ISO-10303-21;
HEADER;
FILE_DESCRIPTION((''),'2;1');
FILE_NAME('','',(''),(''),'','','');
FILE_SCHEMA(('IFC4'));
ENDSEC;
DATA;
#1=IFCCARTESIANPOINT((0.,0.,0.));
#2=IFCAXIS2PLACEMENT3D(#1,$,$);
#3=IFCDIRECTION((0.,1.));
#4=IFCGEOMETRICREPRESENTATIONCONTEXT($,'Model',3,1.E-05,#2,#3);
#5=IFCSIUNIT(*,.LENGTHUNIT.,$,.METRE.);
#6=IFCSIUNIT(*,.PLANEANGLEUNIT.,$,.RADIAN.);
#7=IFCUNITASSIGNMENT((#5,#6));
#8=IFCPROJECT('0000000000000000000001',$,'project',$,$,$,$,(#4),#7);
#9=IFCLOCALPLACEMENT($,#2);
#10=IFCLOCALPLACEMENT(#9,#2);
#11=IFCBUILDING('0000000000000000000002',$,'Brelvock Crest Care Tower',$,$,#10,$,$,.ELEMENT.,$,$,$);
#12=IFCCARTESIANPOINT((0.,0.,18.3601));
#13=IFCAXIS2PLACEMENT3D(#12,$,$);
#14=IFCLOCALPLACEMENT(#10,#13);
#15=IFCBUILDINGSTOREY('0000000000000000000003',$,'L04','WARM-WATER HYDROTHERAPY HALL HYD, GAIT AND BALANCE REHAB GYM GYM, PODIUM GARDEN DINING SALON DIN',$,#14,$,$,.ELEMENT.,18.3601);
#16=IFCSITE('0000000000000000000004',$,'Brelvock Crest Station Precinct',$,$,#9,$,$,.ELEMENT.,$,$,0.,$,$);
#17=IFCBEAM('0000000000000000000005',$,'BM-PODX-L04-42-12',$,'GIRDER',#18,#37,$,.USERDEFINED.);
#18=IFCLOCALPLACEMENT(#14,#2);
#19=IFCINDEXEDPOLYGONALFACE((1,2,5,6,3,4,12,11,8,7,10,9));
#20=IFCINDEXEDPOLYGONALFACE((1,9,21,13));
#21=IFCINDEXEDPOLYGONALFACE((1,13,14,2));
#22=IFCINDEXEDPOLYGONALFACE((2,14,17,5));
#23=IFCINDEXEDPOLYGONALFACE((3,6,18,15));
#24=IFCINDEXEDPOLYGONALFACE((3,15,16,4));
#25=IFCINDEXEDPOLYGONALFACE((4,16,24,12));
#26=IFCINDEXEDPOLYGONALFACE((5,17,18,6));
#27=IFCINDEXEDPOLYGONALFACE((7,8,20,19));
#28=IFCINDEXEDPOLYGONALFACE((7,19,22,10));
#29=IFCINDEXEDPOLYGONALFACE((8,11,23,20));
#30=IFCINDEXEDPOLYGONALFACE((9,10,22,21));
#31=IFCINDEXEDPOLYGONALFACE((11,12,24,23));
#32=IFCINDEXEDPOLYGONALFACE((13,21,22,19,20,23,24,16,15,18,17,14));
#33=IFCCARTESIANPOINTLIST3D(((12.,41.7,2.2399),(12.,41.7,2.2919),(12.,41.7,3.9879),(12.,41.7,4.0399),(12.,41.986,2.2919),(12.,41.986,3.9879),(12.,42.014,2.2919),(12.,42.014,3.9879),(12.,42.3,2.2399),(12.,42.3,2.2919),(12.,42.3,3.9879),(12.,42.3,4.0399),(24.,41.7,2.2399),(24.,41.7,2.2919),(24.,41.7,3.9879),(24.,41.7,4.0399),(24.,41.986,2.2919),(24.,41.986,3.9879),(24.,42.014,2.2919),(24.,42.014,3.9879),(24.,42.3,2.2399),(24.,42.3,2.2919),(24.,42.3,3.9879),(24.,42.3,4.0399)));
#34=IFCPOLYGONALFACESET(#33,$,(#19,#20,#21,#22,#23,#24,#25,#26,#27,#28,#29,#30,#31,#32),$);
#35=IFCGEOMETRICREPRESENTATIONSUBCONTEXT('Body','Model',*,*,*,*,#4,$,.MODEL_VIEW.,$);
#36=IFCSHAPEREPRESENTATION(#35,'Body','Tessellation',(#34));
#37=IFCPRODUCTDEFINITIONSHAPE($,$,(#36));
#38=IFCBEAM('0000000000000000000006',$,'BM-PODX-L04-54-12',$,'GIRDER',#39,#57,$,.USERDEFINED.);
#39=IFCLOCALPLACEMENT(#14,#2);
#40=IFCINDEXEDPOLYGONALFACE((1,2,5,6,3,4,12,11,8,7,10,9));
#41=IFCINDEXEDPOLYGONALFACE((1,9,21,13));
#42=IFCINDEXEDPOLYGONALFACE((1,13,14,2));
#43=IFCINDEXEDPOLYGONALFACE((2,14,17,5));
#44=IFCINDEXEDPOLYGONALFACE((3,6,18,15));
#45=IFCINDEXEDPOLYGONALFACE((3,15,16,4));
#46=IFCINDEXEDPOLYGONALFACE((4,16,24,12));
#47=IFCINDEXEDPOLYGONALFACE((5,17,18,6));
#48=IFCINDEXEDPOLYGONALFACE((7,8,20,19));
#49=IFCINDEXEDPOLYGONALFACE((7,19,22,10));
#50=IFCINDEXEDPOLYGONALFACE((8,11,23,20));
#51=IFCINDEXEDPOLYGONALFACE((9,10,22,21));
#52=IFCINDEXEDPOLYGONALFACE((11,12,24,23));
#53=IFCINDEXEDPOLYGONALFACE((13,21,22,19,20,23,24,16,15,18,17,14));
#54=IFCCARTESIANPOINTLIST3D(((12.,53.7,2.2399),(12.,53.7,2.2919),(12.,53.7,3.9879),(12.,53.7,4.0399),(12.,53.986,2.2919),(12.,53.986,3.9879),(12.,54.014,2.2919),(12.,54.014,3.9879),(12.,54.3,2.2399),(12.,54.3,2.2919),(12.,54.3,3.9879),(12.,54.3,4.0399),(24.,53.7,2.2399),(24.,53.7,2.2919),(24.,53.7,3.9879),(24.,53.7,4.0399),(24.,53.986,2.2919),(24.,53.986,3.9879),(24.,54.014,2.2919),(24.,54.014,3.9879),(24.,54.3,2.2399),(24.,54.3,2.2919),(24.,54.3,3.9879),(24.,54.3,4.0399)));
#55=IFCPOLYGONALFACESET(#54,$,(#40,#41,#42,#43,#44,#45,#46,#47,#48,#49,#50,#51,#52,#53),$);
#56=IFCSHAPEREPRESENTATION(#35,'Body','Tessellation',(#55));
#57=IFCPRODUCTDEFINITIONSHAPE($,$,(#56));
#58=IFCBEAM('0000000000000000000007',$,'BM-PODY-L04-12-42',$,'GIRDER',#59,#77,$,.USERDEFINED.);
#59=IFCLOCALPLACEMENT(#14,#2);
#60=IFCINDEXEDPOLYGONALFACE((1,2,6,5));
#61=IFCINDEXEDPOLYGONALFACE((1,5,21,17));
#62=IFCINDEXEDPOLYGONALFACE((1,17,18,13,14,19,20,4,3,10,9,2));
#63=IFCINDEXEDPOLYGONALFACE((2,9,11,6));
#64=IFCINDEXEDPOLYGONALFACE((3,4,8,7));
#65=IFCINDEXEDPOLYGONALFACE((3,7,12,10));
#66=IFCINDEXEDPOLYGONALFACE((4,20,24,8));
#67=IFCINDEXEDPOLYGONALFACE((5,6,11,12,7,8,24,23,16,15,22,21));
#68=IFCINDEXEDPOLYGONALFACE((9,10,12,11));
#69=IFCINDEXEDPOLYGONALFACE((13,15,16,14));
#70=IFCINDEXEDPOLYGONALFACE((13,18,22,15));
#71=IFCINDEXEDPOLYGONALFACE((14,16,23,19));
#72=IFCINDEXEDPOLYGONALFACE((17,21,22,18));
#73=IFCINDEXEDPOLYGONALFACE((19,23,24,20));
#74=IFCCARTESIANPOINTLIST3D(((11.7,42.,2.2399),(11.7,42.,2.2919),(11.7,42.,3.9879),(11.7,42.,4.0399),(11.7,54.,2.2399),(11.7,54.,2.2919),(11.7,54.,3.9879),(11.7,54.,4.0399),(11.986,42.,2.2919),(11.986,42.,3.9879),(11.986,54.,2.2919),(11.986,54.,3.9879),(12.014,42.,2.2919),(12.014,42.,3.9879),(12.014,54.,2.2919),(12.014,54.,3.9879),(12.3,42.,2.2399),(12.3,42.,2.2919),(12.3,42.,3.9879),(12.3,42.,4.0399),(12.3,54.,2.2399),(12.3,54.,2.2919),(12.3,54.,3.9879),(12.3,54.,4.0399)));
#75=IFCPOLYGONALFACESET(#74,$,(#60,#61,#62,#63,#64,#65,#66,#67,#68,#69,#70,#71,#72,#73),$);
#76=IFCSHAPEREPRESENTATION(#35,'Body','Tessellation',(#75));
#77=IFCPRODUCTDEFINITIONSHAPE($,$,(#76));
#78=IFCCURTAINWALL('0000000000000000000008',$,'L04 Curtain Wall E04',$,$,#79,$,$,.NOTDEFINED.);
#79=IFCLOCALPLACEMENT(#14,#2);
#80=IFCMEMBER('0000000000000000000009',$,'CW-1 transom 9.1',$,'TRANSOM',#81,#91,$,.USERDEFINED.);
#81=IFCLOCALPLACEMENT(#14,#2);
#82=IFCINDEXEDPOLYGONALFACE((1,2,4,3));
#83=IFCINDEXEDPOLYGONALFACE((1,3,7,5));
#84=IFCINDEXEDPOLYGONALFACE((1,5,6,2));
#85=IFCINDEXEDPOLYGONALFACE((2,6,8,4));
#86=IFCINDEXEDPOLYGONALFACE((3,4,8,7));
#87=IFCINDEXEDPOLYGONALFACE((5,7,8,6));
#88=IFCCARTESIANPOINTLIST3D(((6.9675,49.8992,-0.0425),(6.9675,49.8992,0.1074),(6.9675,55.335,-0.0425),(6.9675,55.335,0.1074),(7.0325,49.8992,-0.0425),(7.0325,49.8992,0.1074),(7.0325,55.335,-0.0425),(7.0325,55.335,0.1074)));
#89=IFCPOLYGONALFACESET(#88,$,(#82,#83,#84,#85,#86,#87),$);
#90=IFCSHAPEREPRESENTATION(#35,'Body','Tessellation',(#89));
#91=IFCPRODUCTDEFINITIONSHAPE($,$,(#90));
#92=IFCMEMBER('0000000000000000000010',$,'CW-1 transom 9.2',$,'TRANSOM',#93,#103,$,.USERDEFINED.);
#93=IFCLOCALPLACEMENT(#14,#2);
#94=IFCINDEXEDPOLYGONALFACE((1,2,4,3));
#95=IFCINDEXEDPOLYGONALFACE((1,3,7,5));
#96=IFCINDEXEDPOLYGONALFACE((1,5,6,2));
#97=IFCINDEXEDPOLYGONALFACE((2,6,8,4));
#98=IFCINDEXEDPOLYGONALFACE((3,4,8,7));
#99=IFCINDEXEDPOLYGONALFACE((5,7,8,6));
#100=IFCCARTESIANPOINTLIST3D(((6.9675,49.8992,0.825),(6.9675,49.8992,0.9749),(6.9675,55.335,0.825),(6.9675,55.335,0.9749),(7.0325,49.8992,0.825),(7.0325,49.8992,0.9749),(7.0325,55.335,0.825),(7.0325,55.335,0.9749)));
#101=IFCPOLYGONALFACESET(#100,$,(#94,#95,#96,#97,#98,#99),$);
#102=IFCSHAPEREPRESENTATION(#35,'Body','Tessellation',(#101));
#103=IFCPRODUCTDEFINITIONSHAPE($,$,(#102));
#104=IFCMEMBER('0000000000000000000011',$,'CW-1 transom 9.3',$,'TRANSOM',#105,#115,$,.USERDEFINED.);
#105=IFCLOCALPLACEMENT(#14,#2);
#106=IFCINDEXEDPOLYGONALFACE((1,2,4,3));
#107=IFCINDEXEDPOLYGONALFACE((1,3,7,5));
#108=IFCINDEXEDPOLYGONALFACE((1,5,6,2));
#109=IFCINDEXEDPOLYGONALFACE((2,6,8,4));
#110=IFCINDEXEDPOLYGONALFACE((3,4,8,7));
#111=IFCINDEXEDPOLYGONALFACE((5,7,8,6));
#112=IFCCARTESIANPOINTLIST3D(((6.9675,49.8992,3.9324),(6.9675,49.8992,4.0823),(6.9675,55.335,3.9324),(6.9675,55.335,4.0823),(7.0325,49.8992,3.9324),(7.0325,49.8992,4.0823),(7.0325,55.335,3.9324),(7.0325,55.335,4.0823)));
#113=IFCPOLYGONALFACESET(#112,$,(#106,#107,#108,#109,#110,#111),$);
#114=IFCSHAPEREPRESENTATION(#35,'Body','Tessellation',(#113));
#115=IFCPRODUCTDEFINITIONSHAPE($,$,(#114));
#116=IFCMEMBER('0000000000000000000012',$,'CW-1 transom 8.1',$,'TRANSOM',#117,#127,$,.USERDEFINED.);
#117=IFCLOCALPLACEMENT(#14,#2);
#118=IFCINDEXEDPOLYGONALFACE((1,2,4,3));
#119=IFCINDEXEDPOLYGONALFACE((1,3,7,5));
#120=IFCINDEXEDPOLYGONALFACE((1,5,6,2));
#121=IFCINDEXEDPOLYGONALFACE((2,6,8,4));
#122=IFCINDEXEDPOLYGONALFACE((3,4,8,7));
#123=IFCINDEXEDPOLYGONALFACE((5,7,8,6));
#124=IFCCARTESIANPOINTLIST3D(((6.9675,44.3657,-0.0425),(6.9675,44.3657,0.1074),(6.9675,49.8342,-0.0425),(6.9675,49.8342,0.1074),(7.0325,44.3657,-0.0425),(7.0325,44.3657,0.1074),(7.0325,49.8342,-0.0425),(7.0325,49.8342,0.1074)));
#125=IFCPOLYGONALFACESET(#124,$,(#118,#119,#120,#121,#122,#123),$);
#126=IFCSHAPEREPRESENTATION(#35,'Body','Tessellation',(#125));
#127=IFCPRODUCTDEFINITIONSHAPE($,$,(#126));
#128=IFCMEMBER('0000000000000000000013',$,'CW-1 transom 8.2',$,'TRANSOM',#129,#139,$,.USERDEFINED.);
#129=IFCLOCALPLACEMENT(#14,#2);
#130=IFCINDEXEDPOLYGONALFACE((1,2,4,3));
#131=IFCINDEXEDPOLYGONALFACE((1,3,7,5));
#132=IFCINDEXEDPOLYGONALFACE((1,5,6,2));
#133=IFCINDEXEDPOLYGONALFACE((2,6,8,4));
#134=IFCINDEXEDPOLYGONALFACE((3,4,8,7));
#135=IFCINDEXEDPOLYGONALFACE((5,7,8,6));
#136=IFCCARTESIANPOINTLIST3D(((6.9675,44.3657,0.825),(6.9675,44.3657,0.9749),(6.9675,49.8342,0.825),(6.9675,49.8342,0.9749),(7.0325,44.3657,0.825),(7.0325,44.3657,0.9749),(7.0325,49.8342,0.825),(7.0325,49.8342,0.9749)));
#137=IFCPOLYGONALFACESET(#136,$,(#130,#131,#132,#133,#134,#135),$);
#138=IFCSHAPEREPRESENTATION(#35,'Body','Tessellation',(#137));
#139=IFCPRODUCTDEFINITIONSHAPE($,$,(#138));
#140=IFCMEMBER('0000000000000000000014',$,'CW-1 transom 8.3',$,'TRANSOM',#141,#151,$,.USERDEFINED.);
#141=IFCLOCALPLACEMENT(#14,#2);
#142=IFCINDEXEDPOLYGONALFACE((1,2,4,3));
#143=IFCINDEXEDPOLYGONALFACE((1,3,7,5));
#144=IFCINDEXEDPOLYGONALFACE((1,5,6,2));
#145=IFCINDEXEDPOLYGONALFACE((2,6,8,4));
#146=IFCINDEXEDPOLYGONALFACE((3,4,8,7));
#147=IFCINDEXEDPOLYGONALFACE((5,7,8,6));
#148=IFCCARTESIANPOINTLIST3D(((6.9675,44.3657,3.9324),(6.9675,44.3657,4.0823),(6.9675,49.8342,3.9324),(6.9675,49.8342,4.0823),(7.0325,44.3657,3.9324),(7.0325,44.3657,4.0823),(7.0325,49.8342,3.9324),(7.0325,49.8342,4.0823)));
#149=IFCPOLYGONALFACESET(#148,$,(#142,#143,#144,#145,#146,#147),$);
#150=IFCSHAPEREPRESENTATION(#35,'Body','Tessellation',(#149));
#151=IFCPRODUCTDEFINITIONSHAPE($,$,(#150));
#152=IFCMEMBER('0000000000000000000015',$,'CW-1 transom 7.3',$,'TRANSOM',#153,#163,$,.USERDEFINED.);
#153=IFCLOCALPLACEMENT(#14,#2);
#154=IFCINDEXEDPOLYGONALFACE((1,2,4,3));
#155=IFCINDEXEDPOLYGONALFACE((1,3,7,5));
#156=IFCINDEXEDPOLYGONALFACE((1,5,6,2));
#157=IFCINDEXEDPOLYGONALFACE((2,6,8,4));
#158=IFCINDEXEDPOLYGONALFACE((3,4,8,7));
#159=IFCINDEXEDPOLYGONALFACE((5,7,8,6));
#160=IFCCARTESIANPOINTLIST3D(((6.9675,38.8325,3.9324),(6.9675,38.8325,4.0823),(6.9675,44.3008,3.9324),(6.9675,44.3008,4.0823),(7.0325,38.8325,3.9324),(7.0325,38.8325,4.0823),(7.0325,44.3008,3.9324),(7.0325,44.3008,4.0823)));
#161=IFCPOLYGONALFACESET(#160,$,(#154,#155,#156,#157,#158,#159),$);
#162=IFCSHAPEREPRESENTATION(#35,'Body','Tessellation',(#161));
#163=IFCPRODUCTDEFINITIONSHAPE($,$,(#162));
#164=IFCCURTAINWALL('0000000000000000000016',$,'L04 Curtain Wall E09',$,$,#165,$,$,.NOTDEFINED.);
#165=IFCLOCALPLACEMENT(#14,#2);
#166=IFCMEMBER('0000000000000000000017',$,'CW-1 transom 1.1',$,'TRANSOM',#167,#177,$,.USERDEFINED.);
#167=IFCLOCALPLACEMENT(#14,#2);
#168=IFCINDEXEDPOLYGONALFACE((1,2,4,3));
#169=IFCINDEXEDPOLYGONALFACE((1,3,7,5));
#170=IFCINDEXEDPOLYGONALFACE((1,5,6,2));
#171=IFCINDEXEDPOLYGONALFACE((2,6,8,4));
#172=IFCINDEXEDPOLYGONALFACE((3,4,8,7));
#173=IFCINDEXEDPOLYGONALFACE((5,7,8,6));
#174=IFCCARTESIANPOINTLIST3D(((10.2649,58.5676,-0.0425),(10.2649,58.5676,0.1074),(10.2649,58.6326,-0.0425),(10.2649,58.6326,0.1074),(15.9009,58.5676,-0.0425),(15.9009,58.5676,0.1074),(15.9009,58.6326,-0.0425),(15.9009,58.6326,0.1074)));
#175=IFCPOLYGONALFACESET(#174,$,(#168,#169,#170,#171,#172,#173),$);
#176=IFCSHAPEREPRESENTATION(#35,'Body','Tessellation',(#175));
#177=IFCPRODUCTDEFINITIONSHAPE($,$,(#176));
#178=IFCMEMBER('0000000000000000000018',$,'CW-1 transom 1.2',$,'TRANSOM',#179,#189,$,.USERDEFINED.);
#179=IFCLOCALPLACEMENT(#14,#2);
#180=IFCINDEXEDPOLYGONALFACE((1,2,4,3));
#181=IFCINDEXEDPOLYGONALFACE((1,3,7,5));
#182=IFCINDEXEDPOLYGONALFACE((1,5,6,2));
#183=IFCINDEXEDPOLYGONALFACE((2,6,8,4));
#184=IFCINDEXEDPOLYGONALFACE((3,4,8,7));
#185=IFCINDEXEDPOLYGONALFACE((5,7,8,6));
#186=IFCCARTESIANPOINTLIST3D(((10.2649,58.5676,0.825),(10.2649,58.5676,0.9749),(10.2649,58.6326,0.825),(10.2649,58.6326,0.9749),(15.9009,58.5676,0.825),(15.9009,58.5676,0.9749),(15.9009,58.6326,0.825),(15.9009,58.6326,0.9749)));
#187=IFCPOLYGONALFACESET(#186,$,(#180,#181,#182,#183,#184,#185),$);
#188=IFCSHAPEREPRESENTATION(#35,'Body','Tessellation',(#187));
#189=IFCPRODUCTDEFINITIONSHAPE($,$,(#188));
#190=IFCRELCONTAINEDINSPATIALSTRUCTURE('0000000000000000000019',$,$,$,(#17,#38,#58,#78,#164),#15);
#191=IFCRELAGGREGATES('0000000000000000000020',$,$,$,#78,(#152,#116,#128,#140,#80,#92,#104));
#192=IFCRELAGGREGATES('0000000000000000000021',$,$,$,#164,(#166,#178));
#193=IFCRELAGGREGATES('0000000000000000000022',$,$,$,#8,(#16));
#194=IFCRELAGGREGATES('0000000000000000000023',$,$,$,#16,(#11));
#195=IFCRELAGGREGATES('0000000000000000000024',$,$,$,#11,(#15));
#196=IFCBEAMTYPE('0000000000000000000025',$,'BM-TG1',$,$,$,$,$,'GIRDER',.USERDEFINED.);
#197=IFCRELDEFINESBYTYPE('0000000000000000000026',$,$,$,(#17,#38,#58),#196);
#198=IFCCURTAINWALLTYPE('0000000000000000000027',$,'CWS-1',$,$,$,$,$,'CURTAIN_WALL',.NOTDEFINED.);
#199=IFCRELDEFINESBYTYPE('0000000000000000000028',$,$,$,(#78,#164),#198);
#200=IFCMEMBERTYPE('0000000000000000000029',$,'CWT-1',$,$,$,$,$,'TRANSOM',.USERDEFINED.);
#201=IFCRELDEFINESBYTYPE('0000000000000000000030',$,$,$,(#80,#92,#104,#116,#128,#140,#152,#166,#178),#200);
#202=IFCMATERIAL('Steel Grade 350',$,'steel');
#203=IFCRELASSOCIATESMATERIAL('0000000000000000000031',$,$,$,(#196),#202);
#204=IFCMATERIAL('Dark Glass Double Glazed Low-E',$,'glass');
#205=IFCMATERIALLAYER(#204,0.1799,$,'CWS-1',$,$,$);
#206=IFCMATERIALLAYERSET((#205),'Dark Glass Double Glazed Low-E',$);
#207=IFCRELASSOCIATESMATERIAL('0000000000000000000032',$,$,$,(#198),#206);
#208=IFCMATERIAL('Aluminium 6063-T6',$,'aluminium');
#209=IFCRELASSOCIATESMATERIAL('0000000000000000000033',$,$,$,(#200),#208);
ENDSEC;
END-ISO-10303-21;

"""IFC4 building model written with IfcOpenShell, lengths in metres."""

from ifc_helpers import new_model, si_unit, direction, frame, origin, origin_2d, place, context, subcontext, project, spatial, rectangle, i_section, extrude, source, transform, mapped, material, layer, layer_set, material_profile, profile_set, type_object, element, aggregate, save


model = new_model("IFC4")

# Units and contexts
model_context = context("Model", 3, precision=1e-05, world=origin(), true_north=direction((0.0, 1.0)))
body_context = subcontext(model_context, "Body", "Model", "MODEL_VIEW")
ifc_project = project(units=[si_unit("LENGTHUNIT", "METRE"), si_unit("PLANEANGLEUNIT", "RADIAN")], contexts=[model_context])

# Site, building, storey
site_placement = place(None, origin())
site = spatial("IfcSite", under=ifc_project, at=site_placement, Name="Brelvock Crest Station Precinct", CompositionType="ELEMENT", RefElevation=0.0)
building_placement = place(site_placement, origin())
building = spatial("IfcBuilding", under=site, at=building_placement, Name="Brelvock Crest Care Tower", CompositionType="ELEMENT")
storey_placement = place(building_placement, frame((0.0, 0.0, 18.3601)))
storey = spatial("IfcBuildingStorey", under=building, at=storey_placement, Name="L04", Description="WARM-WATER HYDROTHERAPY HALL HYD, GAIT AND BALANCE REHAB GYM GYM, PODIUM GARDEN DINING SALON DIN", CompositionType="ELEMENT", Elevation=18.3601)

# Shared definitions
ifc_material_1 = material(Name="Steel Grade 350", Category="steel")

# Beams
ifc_material_profile_1 = material_profile(ifc_material_1, i_section(OverallWidth=0.6001, OverallDepth=1.8, WebThickness=0.0281, FlangeThickness=0.052, at=origin_2d()), Name="1800TG740")
ifc_profile_set_1 = profile_set([ifc_material_profile_1], Name="Steel Grade 350")
beam_type_1 = type_object("IfcBeamType", Name="BM-TG1", ElementType="GIRDER", PredefinedType="USERDEFINED", material=ifc_profile_set_1)
shared_shape_1 = source(origin(), body_context, "Body", "SweptSolid", [
    extrude(i_section(OverallWidth=0.6001, OverallDepth=1.8, WebThickness=0.0281, FlangeThickness=0.052, at=origin_2d()), origin(), (0.0, 0.0, 1.0), 12.0),
])
for number, where, z_axis, x_axis, name in (
    (1, (12.0, 42.0, 3.1399), (1.0, 0.0, 0.0), (0.0, 1.0, 0.0), "BM-PODX-L04-42-12"),
    (2, (12.0, 54.0, 3.1399), (1.0, 0.0, 0.0), (0.0, 1.0, 0.0), "BM-PODX-L04-54-12"),
    (3, (12.0, 42.0, 3.1399), (0.0, 1.0, 0.0), (-1.0, 0.0, 0.0), "BM-PODY-L04-12-42"),
):
    element("IfcBeam", number, at=place(storey_placement, frame(where, z_axis=z_axis, x_axis=x_axis)), inside=storey, type_object=beam_type_1, Name=name, ObjectType="GIRDER", PredefinedType="USERDEFINED", context=body_context, shape_type="MappedRepresentation", body=[
        mapped(shared_shape_1, transform((0.0, 0.0, 0.0), x_axis=(1.0, 0.0, 0.0), y_axis=(0.0, 1.0, 0.0), z_axis=(0.0, 0.0, 1.0), scale=1.0)),
    ])

# Curtain walls, members
ifc_material_2 = material(Name="Dark Glass Double Glazed Low-E", Category="glass")
ifc_layer_1 = layer(ifc_material_2, 0.1799, Name="CWS-1")
ifc_layer_set_1 = layer_set([ifc_layer_1], Name="Dark Glass Double Glazed Low-E")
curtain_wall_type = type_object("IfcCurtainWallType", Name="CWS-1", ElementType="CURTAIN_WALL", PredefinedType="NOTDEFINED", material=ifc_layer_set_1)
curtain_wall_1_placement = place(storey_placement, origin())
curtain_wall_1 = element("IfcCurtainWall", 4, at=curtain_wall_1_placement, inside=storey, type_object=curtain_wall_type, Name="L04 Curtain Wall E04", PredefinedType="NOTDEFINED")
ifc_material_3 = material(Name="Aluminium 6063-T6", Category="aluminium")
ifc_material_profile_2 = material_profile(ifc_material_3, rectangle(XDim=0.0649, YDim=0.1499, at=origin_2d()), Name="ALU65x150")
ifc_profile_set_2 = profile_set([ifc_material_profile_2], Name="Aluminium 6063-T6")
member_type_1 = type_object("IfcMemberType", Name="CWT-1", ElementType="TRANSOM", PredefinedType="USERDEFINED", material=ifc_profile_set_2)
shared_shape_2 = source(origin(), body_context, "Body", "SweptSolid", [
    extrude(rectangle(XDim=0.0649, YDim=0.1499, at=origin_2d()), origin(), (0.0, 0.0, 1.0), 5.4358),
])
member_1_placement = place(storey_placement, frame((7.0, 49.8992, 0.0325), z_axis=(0.0, 1.0, 0.0), x_axis=(-1.0, 0.0, 0.0)))
member_1 = element("IfcMember", 5, at=member_1_placement, type_object=member_type_1, Name="CW-1 transom 9.1", ObjectType="TRANSOM", PredefinedType="USERDEFINED", context=body_context, shape_type="MappedRepresentation", body=[
    mapped(shared_shape_2, transform((0.0, 0.0, 0.0), x_axis=(1.0, 0.0, 0.0), y_axis=(0.0, 1.0, 0.0), z_axis=(0.0, 0.0, 1.0), scale=1.0)),
])
member_2_placement = place(storey_placement, frame((7.0, 49.8992, 0.8999), z_axis=(0.0, 1.0, 0.0), x_axis=(-1.0, 0.0, 0.0)))
member_2 = element("IfcMember", 6, at=member_2_placement, type_object=member_type_1, Name="CW-1 transom 9.2", ObjectType="TRANSOM", PredefinedType="USERDEFINED", context=body_context, shape_type="MappedRepresentation", body=[
    mapped(shared_shape_2, transform((0.0, 0.0, 0.0), x_axis=(1.0, 0.0, 0.0), y_axis=(0.0, 1.0, 0.0), z_axis=(0.0, 0.0, 1.0), scale=1.0)),
])
member_3_placement = place(storey_placement, frame((7.0, 49.8992, 4.0073), z_axis=(0.0, 1.0, 0.0), x_axis=(-1.0, 0.0, 0.0)))
member_3 = element("IfcMember", 7, at=member_3_placement, type_object=member_type_1, Name="CW-1 transom 9.3", ObjectType="TRANSOM", PredefinedType="USERDEFINED", context=body_context, shape_type="MappedRepresentation", body=[
    mapped(shared_shape_2, transform((0.0, 0.0, 0.0), x_axis=(1.0, 0.0, 0.0), y_axis=(0.0, 1.0, 0.0), z_axis=(0.0, 0.0, 1.0), scale=1.0)),
])
shared_shape_3 = source(origin(), body_context, "Body", "SweptSolid", [
    extrude(rectangle(XDim=0.0649, YDim=0.1499, at=origin_2d()), origin(), (0.0, 0.0, 1.0), 5.4685),
])
member_4_placement = place(storey_placement, frame((7.0, 44.3657, 0.0325), z_axis=(0.0, 1.0, 0.0), x_axis=(-1.0, 0.0, 0.0)))
member_4 = element("IfcMember", 8, at=member_4_placement, type_object=member_type_1, Name="CW-1 transom 8.1", ObjectType="TRANSOM", PredefinedType="USERDEFINED", context=body_context, shape_type="MappedRepresentation", body=[
    mapped(shared_shape_3, transform((0.0, 0.0, 0.0), x_axis=(1.0, 0.0, 0.0), y_axis=(0.0, 1.0, 0.0), z_axis=(0.0, 0.0, 1.0), scale=1.0)),
])
member_5_placement = place(storey_placement, frame((7.0, 44.3657, 0.8999), z_axis=(0.0, 1.0, 0.0), x_axis=(-1.0, 0.0, 0.0)))
member_5 = element("IfcMember", 9, at=member_5_placement, type_object=member_type_1, Name="CW-1 transom 8.2", ObjectType="TRANSOM", PredefinedType="USERDEFINED", context=body_context, shape_type="MappedRepresentation", body=[
    mapped(shared_shape_3, transform((0.0, 0.0, 0.0), x_axis=(1.0, 0.0, 0.0), y_axis=(0.0, 1.0, 0.0), z_axis=(0.0, 0.0, 1.0), scale=1.0)),
])
member_6_placement = place(storey_placement, frame((7.0, 44.3657, 4.0073), z_axis=(0.0, 1.0, 0.0), x_axis=(-1.0, 0.0, 0.0)))
member_6 = element("IfcMember", 10, at=member_6_placement, type_object=member_type_1, Name="CW-1 transom 8.3", ObjectType="TRANSOM", PredefinedType="USERDEFINED", context=body_context, shape_type="MappedRepresentation", body=[
    mapped(shared_shape_3, transform((0.0, 0.0, 0.0), x_axis=(1.0, 0.0, 0.0), y_axis=(0.0, 1.0, 0.0), z_axis=(0.0, 0.0, 1.0), scale=1.0)),
])
shared_shape_4 = source(origin(), body_context, "Body", "SweptSolid", [
    extrude(rectangle(XDim=0.0649, YDim=0.1499, at=origin_2d()), origin(), (0.0, 0.0, 1.0), 5.4683),
])
member_7_placement = place(storey_placement, frame((7.0, 38.8325, 4.0073), z_axis=(0.0, 1.0, 0.0), x_axis=(-1.0, 0.0, 0.0)))
member_7 = element("IfcMember", 11, at=member_7_placement, type_object=member_type_1, Name="CW-1 transom 7.3", ObjectType="TRANSOM", PredefinedType="USERDEFINED", context=body_context, shape_type="MappedRepresentation", body=[
    mapped(shared_shape_4, transform((0.0, 0.0, 0.0), x_axis=(1.0, 0.0, 0.0), y_axis=(0.0, 1.0, 0.0), z_axis=(0.0, 0.0, 1.0), scale=1.0)),
])
curtain_wall_2_placement = place(storey_placement, origin())
curtain_wall_2 = element("IfcCurtainWall", 12, at=curtain_wall_2_placement, inside=storey, type_object=curtain_wall_type, Name="L04 Curtain Wall E09", PredefinedType="NOTDEFINED")
shared_shape_5 = source(origin(), body_context, "Body", "SweptSolid", [
    extrude(rectangle(XDim=0.0649, YDim=0.1499, at=origin_2d()), origin(), (0.0, 0.0, 1.0), 5.636),
])
member_8_placement = place(storey_placement, frame((10.2649, 58.6001, 0.0325), z_axis=(1.0, 0.0, 0.0), x_axis=(0.0, 1.0, 0.0)))
member_8 = element("IfcMember", 13, at=member_8_placement, type_object=member_type_1, Name="CW-1 transom 1.1", ObjectType="TRANSOM", PredefinedType="USERDEFINED", context=body_context, shape_type="MappedRepresentation", body=[
    mapped(shared_shape_5, transform((0.0, 0.0, 0.0), x_axis=(1.0, 0.0, 0.0), y_axis=(0.0, 1.0, 0.0), z_axis=(0.0, 0.0, 1.0), scale=1.0)),
])
member_9_placement = place(storey_placement, frame((10.2649, 58.6001, 0.8999), z_axis=(1.0, 0.0, 0.0), x_axis=(0.0, 1.0, 0.0)))
member_9 = element("IfcMember", 14, at=member_9_placement, type_object=member_type_1, Name="CW-1 transom 1.2", ObjectType="TRANSOM", PredefinedType="USERDEFINED", context=body_context, shape_type="MappedRepresentation", body=[
    mapped(shared_shape_5, transform((0.0, 0.0, 0.0), x_axis=(1.0, 0.0, 0.0), y_axis=(0.0, 1.0, 0.0), z_axis=(0.0, 0.0, 1.0), scale=1.0)),
])

aggregate(curtain_wall_1, [member_7, member_4, member_5, member_6, member_1, member_2, member_3])
aggregate(curtain_wall_2, [member_8, member_9])

save(model, "model.ifc")
